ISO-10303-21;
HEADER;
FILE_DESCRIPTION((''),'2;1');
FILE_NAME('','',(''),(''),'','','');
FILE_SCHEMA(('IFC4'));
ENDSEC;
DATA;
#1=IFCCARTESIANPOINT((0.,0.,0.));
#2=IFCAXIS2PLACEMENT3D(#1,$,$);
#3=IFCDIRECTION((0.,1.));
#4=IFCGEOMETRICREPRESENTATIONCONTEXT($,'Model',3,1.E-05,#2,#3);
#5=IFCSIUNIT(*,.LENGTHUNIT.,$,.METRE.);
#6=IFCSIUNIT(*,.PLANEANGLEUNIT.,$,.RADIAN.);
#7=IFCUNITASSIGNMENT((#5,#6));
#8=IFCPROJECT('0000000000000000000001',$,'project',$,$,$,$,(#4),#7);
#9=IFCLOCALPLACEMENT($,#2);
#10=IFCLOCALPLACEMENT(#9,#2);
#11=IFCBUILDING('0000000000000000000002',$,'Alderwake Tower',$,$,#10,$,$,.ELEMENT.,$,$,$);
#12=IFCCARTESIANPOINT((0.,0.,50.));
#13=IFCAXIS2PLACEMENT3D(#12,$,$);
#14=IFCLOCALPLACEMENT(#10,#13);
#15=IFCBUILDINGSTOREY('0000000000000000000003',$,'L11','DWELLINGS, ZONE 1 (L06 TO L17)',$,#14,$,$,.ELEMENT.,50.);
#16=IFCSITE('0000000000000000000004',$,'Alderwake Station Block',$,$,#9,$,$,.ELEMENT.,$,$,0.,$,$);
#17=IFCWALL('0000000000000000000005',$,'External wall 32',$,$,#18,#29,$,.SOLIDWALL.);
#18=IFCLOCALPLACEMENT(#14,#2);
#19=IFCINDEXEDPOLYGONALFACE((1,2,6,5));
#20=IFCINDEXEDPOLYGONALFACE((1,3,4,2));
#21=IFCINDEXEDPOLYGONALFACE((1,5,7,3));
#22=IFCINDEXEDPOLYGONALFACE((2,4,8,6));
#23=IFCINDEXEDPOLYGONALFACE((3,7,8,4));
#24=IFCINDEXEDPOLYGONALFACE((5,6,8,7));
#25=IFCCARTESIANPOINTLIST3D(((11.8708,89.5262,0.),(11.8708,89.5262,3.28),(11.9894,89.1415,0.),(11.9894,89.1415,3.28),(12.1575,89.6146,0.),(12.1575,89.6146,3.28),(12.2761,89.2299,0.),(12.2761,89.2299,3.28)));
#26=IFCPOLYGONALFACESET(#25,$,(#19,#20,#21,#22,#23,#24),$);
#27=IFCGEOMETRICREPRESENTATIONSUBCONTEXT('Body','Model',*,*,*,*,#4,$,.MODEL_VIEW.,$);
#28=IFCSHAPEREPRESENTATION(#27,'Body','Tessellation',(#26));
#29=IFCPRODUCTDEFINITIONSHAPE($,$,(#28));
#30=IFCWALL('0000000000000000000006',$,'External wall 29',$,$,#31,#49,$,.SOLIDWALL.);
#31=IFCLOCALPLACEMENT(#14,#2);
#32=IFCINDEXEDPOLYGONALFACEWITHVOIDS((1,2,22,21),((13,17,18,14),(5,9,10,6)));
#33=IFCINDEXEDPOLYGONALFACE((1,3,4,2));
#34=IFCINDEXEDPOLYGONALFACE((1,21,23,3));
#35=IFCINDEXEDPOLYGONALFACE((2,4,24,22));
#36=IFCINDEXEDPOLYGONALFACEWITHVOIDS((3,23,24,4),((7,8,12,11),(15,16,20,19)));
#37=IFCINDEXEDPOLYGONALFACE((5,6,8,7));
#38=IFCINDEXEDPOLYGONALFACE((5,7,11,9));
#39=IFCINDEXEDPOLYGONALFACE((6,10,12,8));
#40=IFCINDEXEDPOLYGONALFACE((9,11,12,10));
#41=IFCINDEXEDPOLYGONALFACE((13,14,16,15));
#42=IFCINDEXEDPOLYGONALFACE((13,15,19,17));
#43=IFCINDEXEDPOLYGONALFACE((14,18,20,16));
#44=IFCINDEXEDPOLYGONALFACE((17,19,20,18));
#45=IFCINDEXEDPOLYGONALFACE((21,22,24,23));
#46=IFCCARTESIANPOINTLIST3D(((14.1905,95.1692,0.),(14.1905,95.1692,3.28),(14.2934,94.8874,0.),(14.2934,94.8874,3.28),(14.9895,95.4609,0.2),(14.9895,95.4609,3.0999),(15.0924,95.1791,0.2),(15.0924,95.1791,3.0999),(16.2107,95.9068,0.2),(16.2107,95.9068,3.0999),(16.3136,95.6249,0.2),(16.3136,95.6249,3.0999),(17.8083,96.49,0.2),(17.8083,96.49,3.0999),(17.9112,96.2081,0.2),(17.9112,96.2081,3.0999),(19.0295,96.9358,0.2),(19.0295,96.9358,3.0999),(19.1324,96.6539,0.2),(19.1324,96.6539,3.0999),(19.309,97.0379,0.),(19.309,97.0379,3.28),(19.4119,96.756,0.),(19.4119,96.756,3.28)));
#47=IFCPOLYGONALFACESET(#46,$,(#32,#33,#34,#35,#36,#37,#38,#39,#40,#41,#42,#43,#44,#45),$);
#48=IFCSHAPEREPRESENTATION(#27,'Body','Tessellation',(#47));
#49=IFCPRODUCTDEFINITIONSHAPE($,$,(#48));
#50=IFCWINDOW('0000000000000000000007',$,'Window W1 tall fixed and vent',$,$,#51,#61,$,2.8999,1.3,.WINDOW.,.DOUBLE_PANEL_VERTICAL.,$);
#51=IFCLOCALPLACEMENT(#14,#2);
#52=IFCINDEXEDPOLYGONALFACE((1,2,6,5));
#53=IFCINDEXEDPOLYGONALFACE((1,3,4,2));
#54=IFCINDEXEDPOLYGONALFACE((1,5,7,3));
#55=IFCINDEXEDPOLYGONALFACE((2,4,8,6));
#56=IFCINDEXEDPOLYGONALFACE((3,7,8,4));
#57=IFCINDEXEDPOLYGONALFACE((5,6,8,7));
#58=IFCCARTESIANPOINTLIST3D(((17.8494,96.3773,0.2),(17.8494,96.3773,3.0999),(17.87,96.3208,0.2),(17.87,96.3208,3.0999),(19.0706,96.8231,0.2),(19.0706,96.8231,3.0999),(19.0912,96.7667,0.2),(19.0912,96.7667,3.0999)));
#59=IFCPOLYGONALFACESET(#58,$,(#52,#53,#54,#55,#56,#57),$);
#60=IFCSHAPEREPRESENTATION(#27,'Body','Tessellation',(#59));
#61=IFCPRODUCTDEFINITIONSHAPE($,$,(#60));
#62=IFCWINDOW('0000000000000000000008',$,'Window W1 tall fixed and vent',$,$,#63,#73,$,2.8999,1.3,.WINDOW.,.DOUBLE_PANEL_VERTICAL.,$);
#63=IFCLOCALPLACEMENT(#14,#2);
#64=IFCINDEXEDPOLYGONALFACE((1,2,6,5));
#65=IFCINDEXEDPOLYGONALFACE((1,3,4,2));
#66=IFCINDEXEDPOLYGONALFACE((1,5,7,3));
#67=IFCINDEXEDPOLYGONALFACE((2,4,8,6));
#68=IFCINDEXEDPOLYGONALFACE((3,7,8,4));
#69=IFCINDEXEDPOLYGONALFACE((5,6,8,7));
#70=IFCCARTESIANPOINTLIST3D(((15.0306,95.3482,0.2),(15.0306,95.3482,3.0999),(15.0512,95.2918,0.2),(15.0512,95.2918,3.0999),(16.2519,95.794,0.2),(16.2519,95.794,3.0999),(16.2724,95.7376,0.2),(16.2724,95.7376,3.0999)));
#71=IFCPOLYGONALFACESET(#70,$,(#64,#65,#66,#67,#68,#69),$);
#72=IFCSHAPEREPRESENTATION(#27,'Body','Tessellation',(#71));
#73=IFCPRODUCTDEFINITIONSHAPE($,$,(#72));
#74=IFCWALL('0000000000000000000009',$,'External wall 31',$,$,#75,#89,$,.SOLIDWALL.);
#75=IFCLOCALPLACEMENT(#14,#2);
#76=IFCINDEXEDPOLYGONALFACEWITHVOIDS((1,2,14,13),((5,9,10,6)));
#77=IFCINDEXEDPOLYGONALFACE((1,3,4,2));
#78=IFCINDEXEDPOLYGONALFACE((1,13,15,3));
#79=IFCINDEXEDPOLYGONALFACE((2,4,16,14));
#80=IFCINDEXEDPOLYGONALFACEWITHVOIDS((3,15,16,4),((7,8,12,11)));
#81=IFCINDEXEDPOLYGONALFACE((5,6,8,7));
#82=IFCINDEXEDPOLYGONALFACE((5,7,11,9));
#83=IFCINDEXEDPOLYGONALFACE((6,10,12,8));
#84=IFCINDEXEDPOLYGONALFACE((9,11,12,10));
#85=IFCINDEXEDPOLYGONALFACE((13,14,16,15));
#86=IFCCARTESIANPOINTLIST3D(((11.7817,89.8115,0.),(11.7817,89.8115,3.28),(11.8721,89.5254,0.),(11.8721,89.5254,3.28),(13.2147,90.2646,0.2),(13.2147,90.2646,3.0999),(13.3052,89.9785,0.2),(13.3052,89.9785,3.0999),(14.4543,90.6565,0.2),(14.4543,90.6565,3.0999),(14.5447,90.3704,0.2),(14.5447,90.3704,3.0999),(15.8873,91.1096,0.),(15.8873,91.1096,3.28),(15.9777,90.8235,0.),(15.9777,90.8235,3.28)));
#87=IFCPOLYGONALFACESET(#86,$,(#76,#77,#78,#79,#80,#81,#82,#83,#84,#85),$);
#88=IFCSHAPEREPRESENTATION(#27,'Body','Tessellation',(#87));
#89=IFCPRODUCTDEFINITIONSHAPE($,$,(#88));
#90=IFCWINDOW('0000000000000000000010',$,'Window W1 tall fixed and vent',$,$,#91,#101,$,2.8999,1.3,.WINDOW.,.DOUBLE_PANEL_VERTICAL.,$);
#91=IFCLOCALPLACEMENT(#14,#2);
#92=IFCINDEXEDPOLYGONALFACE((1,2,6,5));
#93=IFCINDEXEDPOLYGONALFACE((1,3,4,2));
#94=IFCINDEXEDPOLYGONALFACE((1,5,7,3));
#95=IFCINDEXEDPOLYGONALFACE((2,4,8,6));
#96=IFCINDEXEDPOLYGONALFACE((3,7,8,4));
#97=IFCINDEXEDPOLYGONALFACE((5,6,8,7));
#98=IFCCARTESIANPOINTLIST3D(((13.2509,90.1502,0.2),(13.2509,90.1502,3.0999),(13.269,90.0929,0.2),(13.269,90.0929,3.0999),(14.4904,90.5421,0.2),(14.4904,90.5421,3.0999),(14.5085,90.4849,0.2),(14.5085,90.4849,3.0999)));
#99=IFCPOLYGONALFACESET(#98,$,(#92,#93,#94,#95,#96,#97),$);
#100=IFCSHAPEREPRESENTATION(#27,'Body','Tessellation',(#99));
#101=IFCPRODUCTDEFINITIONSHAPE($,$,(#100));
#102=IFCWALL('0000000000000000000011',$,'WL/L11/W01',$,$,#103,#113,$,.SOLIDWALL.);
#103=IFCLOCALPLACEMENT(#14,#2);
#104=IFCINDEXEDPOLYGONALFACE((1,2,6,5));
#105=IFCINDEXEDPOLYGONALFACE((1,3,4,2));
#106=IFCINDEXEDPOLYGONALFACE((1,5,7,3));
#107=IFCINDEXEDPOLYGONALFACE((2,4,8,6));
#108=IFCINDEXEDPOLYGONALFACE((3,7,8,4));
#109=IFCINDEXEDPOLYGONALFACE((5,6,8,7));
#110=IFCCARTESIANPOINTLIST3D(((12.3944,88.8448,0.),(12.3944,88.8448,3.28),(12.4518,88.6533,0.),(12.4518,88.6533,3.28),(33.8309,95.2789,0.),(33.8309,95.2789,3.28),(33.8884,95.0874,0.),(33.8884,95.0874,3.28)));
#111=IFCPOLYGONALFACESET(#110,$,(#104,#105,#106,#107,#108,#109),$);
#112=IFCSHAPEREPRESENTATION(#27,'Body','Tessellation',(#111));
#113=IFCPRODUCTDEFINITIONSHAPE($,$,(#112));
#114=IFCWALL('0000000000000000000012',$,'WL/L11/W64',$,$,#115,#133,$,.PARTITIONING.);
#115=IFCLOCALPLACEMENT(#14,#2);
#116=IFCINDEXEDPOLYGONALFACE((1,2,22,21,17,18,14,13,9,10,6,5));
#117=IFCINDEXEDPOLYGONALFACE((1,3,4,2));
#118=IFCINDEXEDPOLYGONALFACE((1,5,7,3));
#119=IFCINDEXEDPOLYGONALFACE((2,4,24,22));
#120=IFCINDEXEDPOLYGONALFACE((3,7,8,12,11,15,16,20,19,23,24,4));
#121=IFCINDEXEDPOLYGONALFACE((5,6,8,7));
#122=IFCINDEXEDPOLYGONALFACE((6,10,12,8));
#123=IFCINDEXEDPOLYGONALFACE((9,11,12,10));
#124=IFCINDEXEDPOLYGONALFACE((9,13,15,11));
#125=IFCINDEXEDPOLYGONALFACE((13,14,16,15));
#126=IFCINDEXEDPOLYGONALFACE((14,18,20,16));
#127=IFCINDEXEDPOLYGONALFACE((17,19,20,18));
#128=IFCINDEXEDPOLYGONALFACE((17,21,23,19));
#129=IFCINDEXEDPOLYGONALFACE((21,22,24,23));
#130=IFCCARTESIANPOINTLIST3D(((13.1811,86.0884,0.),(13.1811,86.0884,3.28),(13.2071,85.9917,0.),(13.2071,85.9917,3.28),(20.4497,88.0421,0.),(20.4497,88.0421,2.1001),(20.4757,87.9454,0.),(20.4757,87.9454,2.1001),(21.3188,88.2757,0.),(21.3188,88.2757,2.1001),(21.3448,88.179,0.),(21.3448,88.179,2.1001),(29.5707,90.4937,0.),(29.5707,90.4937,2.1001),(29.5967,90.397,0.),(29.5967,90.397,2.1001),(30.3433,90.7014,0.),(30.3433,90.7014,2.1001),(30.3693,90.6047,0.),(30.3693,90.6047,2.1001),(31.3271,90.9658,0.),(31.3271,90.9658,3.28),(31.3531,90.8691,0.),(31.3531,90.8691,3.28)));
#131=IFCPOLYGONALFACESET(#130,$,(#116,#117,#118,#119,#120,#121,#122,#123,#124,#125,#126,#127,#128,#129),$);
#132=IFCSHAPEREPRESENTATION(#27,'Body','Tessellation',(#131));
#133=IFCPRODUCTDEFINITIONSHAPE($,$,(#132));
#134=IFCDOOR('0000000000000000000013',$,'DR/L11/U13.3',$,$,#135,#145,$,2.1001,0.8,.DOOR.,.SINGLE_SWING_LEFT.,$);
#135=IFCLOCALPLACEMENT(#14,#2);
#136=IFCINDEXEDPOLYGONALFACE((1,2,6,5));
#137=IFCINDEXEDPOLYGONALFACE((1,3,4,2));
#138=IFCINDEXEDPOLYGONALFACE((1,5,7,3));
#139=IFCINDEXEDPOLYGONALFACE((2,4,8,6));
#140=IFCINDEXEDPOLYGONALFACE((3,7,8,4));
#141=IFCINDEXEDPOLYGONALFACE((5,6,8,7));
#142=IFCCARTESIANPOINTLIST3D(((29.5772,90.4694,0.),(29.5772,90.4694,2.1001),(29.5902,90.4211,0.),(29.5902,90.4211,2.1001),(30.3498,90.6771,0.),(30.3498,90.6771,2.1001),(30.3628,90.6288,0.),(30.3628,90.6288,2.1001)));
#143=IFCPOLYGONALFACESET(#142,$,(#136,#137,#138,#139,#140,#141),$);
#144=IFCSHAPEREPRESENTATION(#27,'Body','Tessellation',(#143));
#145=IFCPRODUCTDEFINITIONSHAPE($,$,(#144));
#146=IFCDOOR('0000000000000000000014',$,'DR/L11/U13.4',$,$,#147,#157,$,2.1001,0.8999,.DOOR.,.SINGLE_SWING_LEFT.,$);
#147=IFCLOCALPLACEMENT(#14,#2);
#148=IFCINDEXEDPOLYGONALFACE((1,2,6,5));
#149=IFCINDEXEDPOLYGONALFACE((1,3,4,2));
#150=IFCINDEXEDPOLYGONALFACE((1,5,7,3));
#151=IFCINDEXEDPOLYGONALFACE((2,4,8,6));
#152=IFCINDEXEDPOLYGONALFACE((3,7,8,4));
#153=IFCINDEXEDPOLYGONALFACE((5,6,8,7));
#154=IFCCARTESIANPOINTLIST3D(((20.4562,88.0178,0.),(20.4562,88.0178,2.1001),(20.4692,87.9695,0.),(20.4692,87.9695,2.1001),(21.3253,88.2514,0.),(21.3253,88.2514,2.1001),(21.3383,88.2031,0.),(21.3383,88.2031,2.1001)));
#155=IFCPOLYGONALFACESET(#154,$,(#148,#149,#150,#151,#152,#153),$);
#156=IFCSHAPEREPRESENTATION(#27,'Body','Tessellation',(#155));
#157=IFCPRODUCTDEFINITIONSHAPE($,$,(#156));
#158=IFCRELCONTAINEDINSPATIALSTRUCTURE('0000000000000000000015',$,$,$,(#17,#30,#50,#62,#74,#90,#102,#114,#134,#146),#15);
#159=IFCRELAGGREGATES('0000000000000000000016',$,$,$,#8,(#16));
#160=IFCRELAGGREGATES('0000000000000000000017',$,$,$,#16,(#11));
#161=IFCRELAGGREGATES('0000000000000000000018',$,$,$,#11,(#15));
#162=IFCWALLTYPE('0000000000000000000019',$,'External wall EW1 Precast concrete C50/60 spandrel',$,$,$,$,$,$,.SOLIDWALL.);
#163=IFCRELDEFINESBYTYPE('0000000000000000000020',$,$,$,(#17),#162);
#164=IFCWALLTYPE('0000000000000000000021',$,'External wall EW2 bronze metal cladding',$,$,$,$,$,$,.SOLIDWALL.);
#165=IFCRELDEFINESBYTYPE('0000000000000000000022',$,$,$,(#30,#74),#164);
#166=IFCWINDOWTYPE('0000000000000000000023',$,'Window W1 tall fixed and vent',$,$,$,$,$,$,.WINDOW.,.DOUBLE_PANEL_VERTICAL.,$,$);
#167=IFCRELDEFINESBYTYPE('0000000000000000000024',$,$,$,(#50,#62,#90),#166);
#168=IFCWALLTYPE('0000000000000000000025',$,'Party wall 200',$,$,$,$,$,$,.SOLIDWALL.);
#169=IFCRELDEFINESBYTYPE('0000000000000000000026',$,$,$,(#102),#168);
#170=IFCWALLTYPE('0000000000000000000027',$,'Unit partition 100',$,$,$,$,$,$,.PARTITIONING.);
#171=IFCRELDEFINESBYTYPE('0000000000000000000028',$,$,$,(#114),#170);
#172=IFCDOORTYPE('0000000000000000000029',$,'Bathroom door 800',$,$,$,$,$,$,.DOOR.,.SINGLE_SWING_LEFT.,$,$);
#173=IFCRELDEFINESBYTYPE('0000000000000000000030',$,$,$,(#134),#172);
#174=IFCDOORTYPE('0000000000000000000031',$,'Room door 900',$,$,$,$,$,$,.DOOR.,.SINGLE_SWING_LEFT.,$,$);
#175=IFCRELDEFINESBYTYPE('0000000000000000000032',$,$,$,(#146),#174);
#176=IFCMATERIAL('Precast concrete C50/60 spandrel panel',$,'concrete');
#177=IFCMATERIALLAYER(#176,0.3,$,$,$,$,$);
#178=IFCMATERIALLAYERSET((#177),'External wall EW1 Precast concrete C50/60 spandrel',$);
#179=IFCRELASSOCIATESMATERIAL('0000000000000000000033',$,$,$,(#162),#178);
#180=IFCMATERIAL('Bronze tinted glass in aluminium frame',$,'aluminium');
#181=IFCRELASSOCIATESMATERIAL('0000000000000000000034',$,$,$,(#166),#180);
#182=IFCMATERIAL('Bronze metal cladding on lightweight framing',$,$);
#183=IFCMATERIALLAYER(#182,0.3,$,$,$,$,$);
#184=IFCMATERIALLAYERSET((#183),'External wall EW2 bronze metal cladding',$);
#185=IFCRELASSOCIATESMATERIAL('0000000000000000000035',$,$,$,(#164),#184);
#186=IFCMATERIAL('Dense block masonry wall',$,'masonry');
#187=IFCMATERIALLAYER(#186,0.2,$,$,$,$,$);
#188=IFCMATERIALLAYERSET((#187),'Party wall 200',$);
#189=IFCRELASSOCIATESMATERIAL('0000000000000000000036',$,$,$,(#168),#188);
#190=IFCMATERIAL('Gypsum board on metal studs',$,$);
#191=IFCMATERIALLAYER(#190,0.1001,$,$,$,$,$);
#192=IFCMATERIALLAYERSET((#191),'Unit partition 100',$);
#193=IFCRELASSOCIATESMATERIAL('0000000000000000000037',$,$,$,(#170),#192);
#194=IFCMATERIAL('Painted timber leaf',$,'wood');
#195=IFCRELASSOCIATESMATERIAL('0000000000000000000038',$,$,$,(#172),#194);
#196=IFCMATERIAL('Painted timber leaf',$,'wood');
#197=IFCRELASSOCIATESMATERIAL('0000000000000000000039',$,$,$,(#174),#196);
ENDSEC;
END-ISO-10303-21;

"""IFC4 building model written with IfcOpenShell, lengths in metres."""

from ifc_helpers import new_model, si_unit, direction, frame, frame_2d, origin, place, context, subcontext, project, spatial, rectangle, extrude, material, layer, layer_set, type_object, element, fill, save


model = new_model("IFC4")

# Units and contexts
model_context = context("Model", 3, precision=1e-05, world=origin(), true_north=direction((0.0, 1.0)))
body_context = subcontext(model_context, "Body", "Model", "MODEL_VIEW")
ifc_project = project(units=[si_unit("LENGTHUNIT", "METRE"), si_unit("PLANEANGLEUNIT", "RADIAN")], contexts=[model_context])

# Site, building, storey
site_placement = place(None, origin())
site = spatial("IfcSite", under=ifc_project, at=site_placement, Name="Alderwake Station Block", CompositionType="ELEMENT", RefElevation=0.0)
building_placement = place(site_placement, origin())
building = spatial("IfcBuilding", under=site, at=building_placement, Name="Alderwake Tower", CompositionType="ELEMENT")
storey_placement = place(building_placement, frame((0.0, 0.0, 50.0)))
storey = spatial("IfcBuildingStorey", under=building, at=storey_placement, Name="L11", Description="DWELLINGS, ZONE 1 (L06 TO L17)", CompositionType="ELEMENT", Elevation=50.0)

# Wall
ifc_material_1 = material(Name="Precast concrete C50/60 spandrel panel", Category="concrete")
ifc_layer_1 = layer(ifc_material_1, 0.3)
ifc_layer_set_1 = layer_set([ifc_layer_1], Name="External wall EW1 Precast concrete C50/60 spandrel")
wall_type_1 = type_object("IfcWallType", Name="External wall EW1 Precast concrete C50/60 spandrel", PredefinedType="SOLIDWALL", material=ifc_layer_set_1)
wall_1_placement = place(storey_placement, frame((12.0142, 89.5703, 0.0), z_axis=(0.0, 0.0, 1.0), x_axis=(0.294682, -0.955595, 0.0)))
element("IfcWall", 1, at=wall_1_placement, inside=storey, type_object=wall_type_1, Name="External wall 32", PredefinedType="SOLIDWALL", context=body_context, shape_type="SweptSolid", body=[
    extrude(rectangle(XDim=0.4026, YDim=0.3, at=frame_2d((0.2012, 0.0))), origin(), (0.0, 0.0, 1.0), 3.28),
])

# Shared definitions
ifc_material_2 = material(Name="Bronze tinted glass in aluminium frame", Category="aluminium")
window_type = type_object("IfcWindowType", Name="Window W1 tall fixed and vent", PartitioningType="DOUBLE_PANEL_VERTICAL", PredefinedType="WINDOW", material=ifc_material_2)

# Wall, openings, windows
ifc_material_3 = material(Name="Bronze metal cladding on lightweight framing")
ifc_layer_2 = layer(ifc_material_3, 0.3)
ifc_layer_set_2 = layer_set([ifc_layer_2], Name="External wall EW2 bronze metal cladding")
wall_type_2 = type_object("IfcWallType", Name="External wall EW2 bronze metal cladding", PredefinedType="SOLIDWALL", material=ifc_layer_set_2)
wall_2_placement = place(storey_placement, frame((19.3606, 96.897, 0.0), z_axis=(0.0, 0.0, 1.0), x_axis=(-0.939361, -0.34293, 0.0)))
wall_2 = element("IfcWall", 2, at=wall_2_placement, inside=storey, type_object=wall_type_2, Name="External wall 29", PredefinedType="SOLIDWALL", context=body_context, shape_type="SweptSolid", body=[
    extrude(rectangle(XDim=5.449, YDim=0.3, at=frame_2d((2.7246, 0.0))), origin(), (0.0, 0.0, 1.0), 3.28),
])
opening_1_placement = place(wall_2_placement, frame((0.2979, 0.0, 0.2)))
opening_1 = element("IfcOpeningElement", 3, at=opening_1_placement, cuts=wall_2, PredefinedType="OPENING", context=body_context, shape_type="SweptSolid", body=[
    extrude(rectangle(XDim=1.3, YDim=2.8999, at=frame_2d((0.6499, 1.45))), frame((0.0, 0.1599, 0.0), z_axis=(0.0, -1.0, 0.0), x_axis=(1.0, 0.0, 0.0)), (0.0, 0.0, 1.0), 0.3201),
])
opening_2_placement = place(wall_2_placement, frame((3.2986, 0.0, 0.2)))
opening_2 = element("IfcOpeningElement", 4, at=opening_2_placement, cuts=wall_2, PredefinedType="OPENING", context=body_context, shape_type="SweptSolid", body=[
    extrude(rectangle(XDim=1.3, YDim=2.8999, at=frame_2d((0.6499, 1.45))), frame((0.0, 0.1599, 0.0), z_axis=(0.0, -1.0, 0.0), x_axis=(1.0, 0.0, 0.0)), (0.0, 0.0, 1.0), 0.3201),
])
window_1_placement = place(opening_1_placement, origin())
window_1 = element("IfcWindow", 5, at=window_1_placement, inside=storey, type_object=window_type, Name="Window W1 tall fixed and vent", OverallHeight=2.8999, OverallWidth=1.3, PartitioningType="DOUBLE_PANEL_VERTICAL", PredefinedType="WINDOW", context=body_context, shape_type="SweptSolid", body=[
    extrude(rectangle(XDim=1.3, YDim=2.8999, at=frame_2d((0.6499, 1.45))), frame((0.0, 0.03, 0.0), z_axis=(0.0, -1.0, 0.0), x_axis=(1.0, 0.0, 0.0)), (0.0, 0.0, 1.0), 0.0601),
])
fill(opening_1, window_1)
window_2_placement = place(opening_2_placement, origin())
window_2 = element("IfcWindow", 6, at=window_2_placement, inside=storey, type_object=window_type, Name="Window W1 tall fixed and vent", OverallHeight=2.8999, OverallWidth=1.3, PartitioningType="DOUBLE_PANEL_VERTICAL", PredefinedType="WINDOW", context=body_context, shape_type="SweptSolid", body=[
    extrude(rectangle(XDim=1.3, YDim=2.8999, at=frame_2d((0.6499, 1.45))), frame((0.0, 0.03, 0.0), z_axis=(0.0, -1.0, 0.0), x_axis=(1.0, 0.0, 0.0)), (0.0, 0.0, 1.0), 0.0601),
])
fill(opening_2, window_2)

# Wall, opening, window
wall_3_placement = place(storey_placement, frame((15.9324, 90.9666, 0.0), z_axis=(0.0, 0.0, 1.0), x_axis=(-0.953474, -0.301476, 0.0)))
wall_3 = element("IfcWall", 7, at=wall_3_placement, inside=storey, type_object=wall_type_2, Name="External wall 31", PredefinedType="SOLIDWALL", context=body_context, shape_type="SweptSolid", body=[
    extrude(rectangle(XDim=4.3059, YDim=0.3, at=frame_2d((2.1528, 0.0))), origin(), (0.0, 0.0, 1.0), 3.28),
])
opening_3_placement = place(wall_3_placement, frame((1.5029, 0.0, 0.2)))
opening_3 = element("IfcOpeningElement", 8, at=opening_3_placement, cuts=wall_3, PredefinedType="OPENING", context=body_context, shape_type="SweptSolid", body=[
    extrude(rectangle(XDim=1.3, YDim=2.8999, at=frame_2d((0.6499, 1.45))), frame((0.0, 0.1599, 0.0), z_axis=(0.0, -1.0, 0.0), x_axis=(1.0, 0.0, 0.0)), (0.0, 0.0, 1.0), 0.3201),
])
window_3_placement = place(opening_3_placement, origin())
window_3 = element("IfcWindow", 9, at=window_3_placement, inside=storey, type_object=window_type, Name="Window W1 tall fixed and vent", OverallHeight=2.8999, OverallWidth=1.3, PartitioningType="DOUBLE_PANEL_VERTICAL", PredefinedType="WINDOW", context=body_context, shape_type="SweptSolid", body=[
    extrude(rectangle(XDim=1.3, YDim=2.8999, at=frame_2d((0.6499, 1.45))), frame((0.0, 0.03, 0.0), z_axis=(0.0, -1.0, 0.0), x_axis=(1.0, 0.0, 0.0)), (0.0, 0.0, 1.0), 0.0601),
])
fill(opening_3, window_3)

# Wall
ifc_material_4 = material(Name="Dense block masonry wall", Category="masonry")
ifc_layer_3 = layer(ifc_material_4, 0.2)
ifc_layer_set_3 = layer_set([ifc_layer_3], Name="Party wall 200")
wall_type_3 = type_object("IfcWallType", Name="Party wall 200", PredefinedType="SOLIDWALL", material=ifc_layer_set_3)
wall_4_placement = place(storey_placement, frame((12.4231, 88.749, 0.0), z_axis=(0.0, 0.0, 1.0), x_axis=(0.957788, 0.287476, 0.0)))
element("IfcWall", 10, at=wall_4_placement, inside=storey, type_object=wall_type_3, Name="WL/L11/W01", PredefinedType="SOLIDWALL", context=body_context, shape_type="SweptSolid", body=[
    extrude(rectangle(XDim=22.3813, YDim=0.2, at=frame_2d((11.1907, 0.0))), origin(), (0.0, 0.0, 1.0), 3.28),
])

# Wall, openings, doors
ifc_material_5 = material(Name="Gypsum board on metal studs")
ifc_layer_4 = layer(ifc_material_5, 0.1001)
ifc_layer_set_4 = layer_set([ifc_layer_4], Name="Unit partition 100")
wall_type_4 = type_object("IfcWallType", Name="Unit partition 100", PredefinedType="PARTITIONING", material=ifc_layer_set_4)
wall_5_placement = place(storey_placement, frame((13.1941, 86.04, 0.0), z_axis=(0.0, 0.0, 1.0), x_axis=(0.965723, 0.259576, 0.0)))
wall_5 = element("IfcWall", 11, at=wall_5_placement, inside=storey, type_object=wall_type_4, Name="WL/L11/W64", PredefinedType="PARTITIONING", context=body_context, shape_type="SweptSolid", body=[
    extrude(rectangle(XDim=18.79, YDim=0.1001, at=frame_2d((9.395, 0.0))), origin(), (0.0, 0.0, 1.0), 3.28),
])
opening_4_placement = place(wall_5_placement, frame((16.9714, 0.0, 0.0)))
opening_4 = element("IfcOpeningElement", 12, at=opening_4_placement, cuts=wall_5, PredefinedType="OPENING", context=body_context, shape_type="SweptSolid", body=[
    extrude(rectangle(XDim=0.8, YDim=2.1001, at=frame_2d((0.3999, 1.05))), frame((0.0, 0.0601, 0.0), z_axis=(0.0, -1.0, 0.0), x_axis=(1.0, 0.0, 0.0)), (0.0, 0.0, 1.0), 0.1201),
])
opening_5_placement = place(wall_5_placement, frame((7.5266, 0.0, 0.0)))
opening_5 = element("IfcOpeningElement", 13, at=opening_5_placement, cuts=wall_5, PredefinedType="OPENING", context=body_context, shape_type="SweptSolid", body=[
    extrude(rectangle(XDim=0.8999, YDim=2.1001, at=frame_2d((0.45, 1.05))), frame((0.0, 0.0601, 0.0), z_axis=(0.0, -1.0, 0.0), x_axis=(1.0, 0.0, 0.0)), (0.0, 0.0, 1.0), 0.1201),
])
ifc_material_6 = material(Name="Painted timber leaf", Category="wood")
door_type_1 = type_object("IfcDoorType", Name="Bathroom door 800", OperationType="SINGLE_SWING_LEFT", PredefinedType="DOOR", material=ifc_material_6)
door_1_placement = place(opening_4_placement, origin())
door_1 = element("IfcDoor", 14, at=door_1_placement, inside=storey, type_object=door_type_1, Name="DR/L11/U13.3", OperationType="SINGLE_SWING_LEFT", OverallHeight=2.1001, OverallWidth=0.8, PredefinedType="DOOR", context=body_context, shape_type="SweptSolid", body=[
    extrude(rectangle(XDim=0.8, YDim=2.1001, at=frame_2d((0.3999, 1.05))), frame((0.0, 0.0249, 0.0), z_axis=(0.0, -1.0, 0.0), x_axis=(1.0, 0.0, 0.0)), (0.0, 0.0, 1.0), 0.05),
])
fill(opening_4, door_1)
ifc_material_7 = material(Name="Painted timber leaf", Category="wood")
door_type_2 = type_object("IfcDoorType", Name="Room door 900", OperationType="SINGLE_SWING_LEFT", PredefinedType="DOOR", material=ifc_material_7)
door_2_placement = place(opening_5_placement, origin())
door_2 = element("IfcDoor", 15, at=door_2_placement, inside=storey, type_object=door_type_2, Name="DR/L11/U13.4", OperationType="SINGLE_SWING_LEFT", OverallHeight=2.1001, OverallWidth=0.8999, PredefinedType="DOOR", context=body_context, shape_type="SweptSolid", body=[
    extrude(rectangle(XDim=0.8999, YDim=2.1001, at=frame_2d((0.45, 1.05))), frame((0.0, 0.0249, 0.0), z_axis=(0.0, -1.0, 0.0), x_axis=(1.0, 0.0, 0.0)), (0.0, 0.0, 1.0), 0.05),
])
fill(opening_5, door_2)

save(model, "model.ifc")
